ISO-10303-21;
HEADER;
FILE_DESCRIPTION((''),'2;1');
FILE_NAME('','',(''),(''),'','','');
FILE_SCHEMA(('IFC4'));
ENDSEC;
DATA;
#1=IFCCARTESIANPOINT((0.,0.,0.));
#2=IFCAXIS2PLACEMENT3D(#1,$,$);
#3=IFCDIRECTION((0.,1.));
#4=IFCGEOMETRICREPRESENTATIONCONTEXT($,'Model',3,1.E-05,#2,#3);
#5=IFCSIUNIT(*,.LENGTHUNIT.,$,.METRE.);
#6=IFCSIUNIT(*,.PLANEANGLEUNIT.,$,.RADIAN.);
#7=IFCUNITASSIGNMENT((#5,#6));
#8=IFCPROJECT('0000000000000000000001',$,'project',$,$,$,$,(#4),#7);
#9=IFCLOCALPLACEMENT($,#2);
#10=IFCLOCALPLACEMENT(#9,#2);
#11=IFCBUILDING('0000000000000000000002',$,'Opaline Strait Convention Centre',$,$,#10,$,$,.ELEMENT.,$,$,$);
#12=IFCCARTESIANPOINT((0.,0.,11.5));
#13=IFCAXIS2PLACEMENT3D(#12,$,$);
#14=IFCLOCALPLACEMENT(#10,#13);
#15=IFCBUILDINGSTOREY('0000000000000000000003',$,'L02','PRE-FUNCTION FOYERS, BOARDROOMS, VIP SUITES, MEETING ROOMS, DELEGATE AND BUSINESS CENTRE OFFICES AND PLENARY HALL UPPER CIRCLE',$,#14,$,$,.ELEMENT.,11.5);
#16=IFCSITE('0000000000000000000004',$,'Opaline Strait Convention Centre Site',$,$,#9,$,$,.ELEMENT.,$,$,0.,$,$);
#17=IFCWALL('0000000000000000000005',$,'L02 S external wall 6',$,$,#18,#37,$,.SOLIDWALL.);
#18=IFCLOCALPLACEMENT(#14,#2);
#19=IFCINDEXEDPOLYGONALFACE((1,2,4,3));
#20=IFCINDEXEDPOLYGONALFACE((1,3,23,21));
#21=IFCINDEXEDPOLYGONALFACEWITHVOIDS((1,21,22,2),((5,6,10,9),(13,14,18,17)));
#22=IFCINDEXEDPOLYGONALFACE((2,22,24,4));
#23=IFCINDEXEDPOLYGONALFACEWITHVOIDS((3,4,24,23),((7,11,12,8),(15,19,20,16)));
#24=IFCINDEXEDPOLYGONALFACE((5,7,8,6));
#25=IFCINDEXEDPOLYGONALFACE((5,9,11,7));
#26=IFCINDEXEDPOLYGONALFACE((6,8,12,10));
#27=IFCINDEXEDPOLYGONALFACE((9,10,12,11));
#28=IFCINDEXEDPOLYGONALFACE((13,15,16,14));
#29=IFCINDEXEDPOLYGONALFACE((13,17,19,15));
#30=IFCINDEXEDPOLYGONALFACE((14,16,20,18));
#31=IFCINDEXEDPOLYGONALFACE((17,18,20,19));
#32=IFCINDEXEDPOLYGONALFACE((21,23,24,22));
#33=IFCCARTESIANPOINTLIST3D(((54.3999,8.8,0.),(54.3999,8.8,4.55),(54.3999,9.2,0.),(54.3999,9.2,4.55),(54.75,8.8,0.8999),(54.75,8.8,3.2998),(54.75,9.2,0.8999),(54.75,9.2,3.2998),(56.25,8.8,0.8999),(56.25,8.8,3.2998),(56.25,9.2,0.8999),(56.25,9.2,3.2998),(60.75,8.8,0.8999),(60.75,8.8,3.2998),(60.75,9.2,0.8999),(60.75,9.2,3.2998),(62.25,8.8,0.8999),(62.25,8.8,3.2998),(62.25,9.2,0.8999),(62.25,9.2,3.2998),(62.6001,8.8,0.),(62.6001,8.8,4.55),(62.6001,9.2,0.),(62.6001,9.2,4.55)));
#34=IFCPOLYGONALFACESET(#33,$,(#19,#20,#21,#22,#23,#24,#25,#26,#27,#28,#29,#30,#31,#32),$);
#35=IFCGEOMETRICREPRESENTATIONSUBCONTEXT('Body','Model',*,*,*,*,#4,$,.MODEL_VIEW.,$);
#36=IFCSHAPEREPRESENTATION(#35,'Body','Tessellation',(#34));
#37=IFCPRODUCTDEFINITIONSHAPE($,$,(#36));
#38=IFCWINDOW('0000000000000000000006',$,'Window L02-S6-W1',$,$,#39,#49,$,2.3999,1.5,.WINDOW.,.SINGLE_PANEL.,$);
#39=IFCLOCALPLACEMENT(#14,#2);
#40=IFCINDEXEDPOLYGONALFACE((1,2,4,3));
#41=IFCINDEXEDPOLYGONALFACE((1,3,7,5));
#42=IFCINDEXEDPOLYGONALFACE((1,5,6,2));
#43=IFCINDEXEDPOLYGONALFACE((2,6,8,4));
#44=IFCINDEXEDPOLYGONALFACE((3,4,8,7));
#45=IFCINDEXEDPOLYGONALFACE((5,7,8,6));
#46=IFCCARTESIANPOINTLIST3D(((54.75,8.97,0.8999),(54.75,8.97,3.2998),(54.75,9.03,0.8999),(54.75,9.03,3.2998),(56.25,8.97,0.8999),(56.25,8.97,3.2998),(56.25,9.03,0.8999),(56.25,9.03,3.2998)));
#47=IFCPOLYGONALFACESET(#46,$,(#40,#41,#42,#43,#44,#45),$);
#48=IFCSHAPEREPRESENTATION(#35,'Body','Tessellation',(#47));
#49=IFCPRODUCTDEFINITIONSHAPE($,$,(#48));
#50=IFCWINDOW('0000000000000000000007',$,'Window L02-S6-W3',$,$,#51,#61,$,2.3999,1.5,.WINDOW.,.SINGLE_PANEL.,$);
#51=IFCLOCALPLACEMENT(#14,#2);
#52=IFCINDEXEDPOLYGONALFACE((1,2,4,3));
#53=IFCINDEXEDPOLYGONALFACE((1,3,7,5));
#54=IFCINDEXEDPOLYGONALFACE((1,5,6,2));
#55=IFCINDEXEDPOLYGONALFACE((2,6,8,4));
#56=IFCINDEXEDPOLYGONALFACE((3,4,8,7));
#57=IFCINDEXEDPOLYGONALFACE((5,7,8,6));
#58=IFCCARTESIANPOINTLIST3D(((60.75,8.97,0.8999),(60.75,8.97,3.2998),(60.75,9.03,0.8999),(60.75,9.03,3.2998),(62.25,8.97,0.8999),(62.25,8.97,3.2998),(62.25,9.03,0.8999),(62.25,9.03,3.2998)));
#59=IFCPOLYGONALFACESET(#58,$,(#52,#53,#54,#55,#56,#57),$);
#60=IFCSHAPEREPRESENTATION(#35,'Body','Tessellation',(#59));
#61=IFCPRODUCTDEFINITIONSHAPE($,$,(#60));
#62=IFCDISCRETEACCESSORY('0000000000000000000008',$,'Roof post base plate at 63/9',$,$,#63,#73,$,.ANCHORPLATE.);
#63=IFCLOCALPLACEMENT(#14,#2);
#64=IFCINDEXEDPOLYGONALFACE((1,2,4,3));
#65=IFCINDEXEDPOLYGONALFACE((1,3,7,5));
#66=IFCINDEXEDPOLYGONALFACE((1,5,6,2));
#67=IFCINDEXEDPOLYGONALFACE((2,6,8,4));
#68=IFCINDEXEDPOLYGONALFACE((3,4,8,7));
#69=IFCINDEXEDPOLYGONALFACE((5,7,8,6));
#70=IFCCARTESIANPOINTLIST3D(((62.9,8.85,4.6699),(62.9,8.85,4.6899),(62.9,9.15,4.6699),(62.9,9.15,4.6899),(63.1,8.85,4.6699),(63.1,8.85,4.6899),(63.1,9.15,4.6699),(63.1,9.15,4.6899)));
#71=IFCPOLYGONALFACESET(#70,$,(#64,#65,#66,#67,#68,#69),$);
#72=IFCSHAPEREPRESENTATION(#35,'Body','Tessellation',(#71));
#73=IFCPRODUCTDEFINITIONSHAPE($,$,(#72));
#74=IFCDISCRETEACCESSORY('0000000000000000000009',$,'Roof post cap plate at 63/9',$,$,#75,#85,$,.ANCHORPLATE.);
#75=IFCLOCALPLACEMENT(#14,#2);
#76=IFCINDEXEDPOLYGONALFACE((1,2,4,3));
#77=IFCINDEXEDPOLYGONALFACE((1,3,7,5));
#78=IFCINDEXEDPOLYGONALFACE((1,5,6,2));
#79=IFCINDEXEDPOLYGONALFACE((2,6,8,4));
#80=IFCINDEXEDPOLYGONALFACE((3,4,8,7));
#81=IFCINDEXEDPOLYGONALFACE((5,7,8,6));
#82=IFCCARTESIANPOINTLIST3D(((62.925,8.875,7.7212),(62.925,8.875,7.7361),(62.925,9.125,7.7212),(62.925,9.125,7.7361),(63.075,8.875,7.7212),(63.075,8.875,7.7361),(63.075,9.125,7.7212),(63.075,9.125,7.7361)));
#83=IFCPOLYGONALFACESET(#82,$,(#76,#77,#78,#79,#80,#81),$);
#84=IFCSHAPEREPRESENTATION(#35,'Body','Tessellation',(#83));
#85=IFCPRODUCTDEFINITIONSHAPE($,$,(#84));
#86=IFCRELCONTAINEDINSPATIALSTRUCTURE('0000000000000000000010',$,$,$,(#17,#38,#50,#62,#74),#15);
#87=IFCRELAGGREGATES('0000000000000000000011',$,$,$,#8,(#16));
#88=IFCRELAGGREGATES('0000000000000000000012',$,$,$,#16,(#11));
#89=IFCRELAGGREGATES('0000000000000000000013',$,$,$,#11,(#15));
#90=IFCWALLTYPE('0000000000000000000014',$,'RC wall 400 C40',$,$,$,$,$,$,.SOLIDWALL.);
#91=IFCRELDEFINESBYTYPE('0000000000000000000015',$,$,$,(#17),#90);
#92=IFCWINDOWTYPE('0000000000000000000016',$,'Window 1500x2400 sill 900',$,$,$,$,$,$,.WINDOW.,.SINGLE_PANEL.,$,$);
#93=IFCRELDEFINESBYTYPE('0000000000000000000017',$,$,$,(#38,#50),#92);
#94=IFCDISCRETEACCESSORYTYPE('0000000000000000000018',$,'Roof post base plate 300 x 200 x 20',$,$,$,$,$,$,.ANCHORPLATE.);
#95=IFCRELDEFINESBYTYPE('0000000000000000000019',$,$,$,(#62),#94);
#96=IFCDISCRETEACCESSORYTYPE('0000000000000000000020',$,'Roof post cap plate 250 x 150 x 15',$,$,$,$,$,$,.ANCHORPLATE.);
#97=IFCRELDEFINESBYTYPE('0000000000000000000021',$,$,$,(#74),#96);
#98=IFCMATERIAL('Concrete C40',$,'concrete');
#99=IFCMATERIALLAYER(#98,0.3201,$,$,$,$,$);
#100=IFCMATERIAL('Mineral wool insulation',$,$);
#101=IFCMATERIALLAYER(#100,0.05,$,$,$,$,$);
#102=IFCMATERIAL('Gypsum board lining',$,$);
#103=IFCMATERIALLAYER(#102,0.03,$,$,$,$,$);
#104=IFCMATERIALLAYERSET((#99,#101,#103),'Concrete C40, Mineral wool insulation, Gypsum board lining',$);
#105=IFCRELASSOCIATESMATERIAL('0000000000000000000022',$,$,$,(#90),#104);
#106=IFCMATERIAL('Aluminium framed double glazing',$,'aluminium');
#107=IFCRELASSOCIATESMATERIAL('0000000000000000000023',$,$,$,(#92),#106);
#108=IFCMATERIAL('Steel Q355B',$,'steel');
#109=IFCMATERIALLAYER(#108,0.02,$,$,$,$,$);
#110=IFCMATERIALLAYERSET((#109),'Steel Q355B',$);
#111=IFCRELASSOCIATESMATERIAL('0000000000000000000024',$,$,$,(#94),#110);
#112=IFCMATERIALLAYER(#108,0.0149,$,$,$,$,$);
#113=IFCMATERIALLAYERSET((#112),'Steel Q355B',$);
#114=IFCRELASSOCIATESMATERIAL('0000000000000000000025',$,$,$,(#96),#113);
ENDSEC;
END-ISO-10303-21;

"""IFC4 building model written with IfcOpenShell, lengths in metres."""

from ifc_helpers import new_model, si_unit, direction, frame, frame_2d, origin, origin_2d, place, context, subcontext, project, spatial, rectangle, extrude, material, layer, layer_set, type_object, element, fill, save


model = new_model("IFC4")

# Units and contexts
model_context = context("Model", 3, precision=1e-05, world=origin(), true_north=direction((0.0, 1.0)))
body_context = subcontext(model_context, "Body", "Model", "MODEL_VIEW")
ifc_project = project(units=[si_unit("LENGTHUNIT", "METRE"), si_unit("PLANEANGLEUNIT", "RADIAN")], contexts=[model_context])

# Site, building, storey
site_placement = place(None, origin())
site = spatial("IfcSite", under=ifc_project, at=site_placement, Name="Opaline Strait Convention Centre Site", CompositionType="ELEMENT", RefElevation=0.0)
building_placement = place(site_placement, origin())
building = spatial("IfcBuilding", under=site, at=building_placement, Name="Opaline Strait Convention Centre", CompositionType="ELEMENT")
storey_placement = place(building_placement, frame((0.0, 0.0, 11.5)))
storey = spatial("IfcBuildingStorey", under=building, at=storey_placement, Name="L02", Description="PRE-FUNCTION FOYERS, BOARDROOMS, VIP SUITES, MEETING ROOMS, DELEGATE AND BUSINESS CENTRE OFFICES AND PLENARY HALL UPPER CIRCLE", CompositionType="ELEMENT", Elevation=11.5)

# Shared definitions
ifc_material_1 = material(Name="Concrete C40", Category="concrete")

# Shared definitions
ifc_material_2 = material(Name="Steel Q355B", Category="steel")

# Shared definitions
ifc_layer_1 = layer(ifc_material_1, 0.3201)
ifc_material_3 = material(Name="Mineral wool insulation")
ifc_layer_2 = layer(ifc_material_3, 0.05)
ifc_material_4 = material(Name="Gypsum board lining")
ifc_layer_3 = layer(ifc_material_4, 0.03)
ifc_layer_set_1 = layer_set([ifc_layer_1, ifc_layer_2, ifc_layer_3], Name="Concrete C40, Mineral wool insulation, Gypsum board lining")
wall_type_1 = type_object("IfcWallType", Name="RC wall 400 C40", PredefinedType="SOLIDWALL", material=ifc_layer_set_1)

# Wall, openings, windows
wall_1_placement = place(storey_placement, frame((54.3999, 9.0, 0.0), z_axis=(0.0, 0.0, 1.0), x_axis=(1.0, 0.0, 0.0)))
wall_1 = element("IfcWall", 1, at=wall_1_placement, inside=storey, type_object=wall_type_1, Name="L02 S external wall 6", PredefinedType="SOLIDWALL", context=body_context, shape_type="SweptSolid", body=[
    extrude(rectangle(XDim=8.2002, YDim=0.3999, at=frame_2d((4.1001, 0.0))), origin(), (0.0, 0.0, 1.0), 4.55),
])
opening_1_placement = place(wall_1_placement, frame((0.3501, 0.0, 0.8999)))
opening_1 = element("IfcOpeningElement", 2, at=opening_1_placement, cuts=wall_1, PredefinedType="OPENING", context=body_context, shape_type="SweptSolid", body=[
    extrude(rectangle(XDim=1.5, YDim=2.3999, at=frame_2d((0.75, 1.2))), frame((0.0, 0.21, 0.0), z_axis=(0.0, -1.0, 0.0), x_axis=(1.0, 0.0, 0.0)), (0.0, 0.0, 1.0), 0.4199),
])
opening_2_placement = place(wall_1_placement, frame((6.3501, 0.0, 0.8999)))
opening_2 = element("IfcOpeningElement", 3, at=opening_2_placement, cuts=wall_1, PredefinedType="OPENING", context=body_context, shape_type="SweptSolid", body=[
    extrude(rectangle(XDim=1.5, YDim=2.3999, at=frame_2d((0.75, 1.2))), frame((0.0, 0.21, 0.0), z_axis=(0.0, -1.0, 0.0), x_axis=(1.0, 0.0, 0.0)), (0.0, 0.0, 1.0), 0.4199),
])
ifc_material_5 = material(Name="Aluminium framed double glazing", Category="aluminium")
window_type = type_object("IfcWindowType", Name="Window 1500x2400 sill 900", PartitioningType="SINGLE_PANEL", PredefinedType="WINDOW", material=ifc_material_5)
window_1_placement = place(opening_1_placement, origin())
window_1 = element("IfcWindow", 4, at=window_1_placement, inside=storey, type_object=window_type, Name="Window L02-S6-W1", OverallHeight=2.3999, OverallWidth=1.5, PartitioningType="SINGLE_PANEL", PredefinedType="WINDOW", context=body_context, shape_type="SweptSolid", body=[
    extrude(rectangle(XDim=1.5, YDim=2.3999, at=frame_2d((0.75, 1.2))), frame((0.0, 0.03, 0.0), z_axis=(0.0, -1.0, 0.0), x_axis=(1.0, 0.0, 0.0)), (0.0, 0.0, 1.0), 0.0601),
])
fill(opening_1, window_1)
window_2_placement = place(opening_2_placement, origin())
window_2 = element("IfcWindow", 5, at=window_2_placement, inside=storey, type_object=window_type, Name="Window L02-S6-W3", OverallHeight=2.3999, OverallWidth=1.5, PartitioningType="SINGLE_PANEL", PredefinedType="WINDOW", context=body_context, shape_type="SweptSolid", body=[
    extrude(rectangle(XDim=1.5, YDim=2.3999, at=frame_2d((0.75, 1.2))), frame((0.0, 0.03, 0.0), z_axis=(0.0, -1.0, 0.0), x_axis=(1.0, 0.0, 0.0)), (0.0, 0.0, 1.0), 0.0601),
])
fill(opening_2, window_2)

# Discrete accessories
ifc_layer_4 = layer(ifc_material_2, 0.02)
ifc_layer_set_2 = layer_set([ifc_layer_4], Name="Steel Q355B")
discrete_accessory_type_1 = type_object("IfcDiscreteAccessoryType", Name="Roof post base plate 300 x 200 x 20", PredefinedType="ANCHORPLATE", material=ifc_layer_set_2)
discrete_accessory_1_placement = place(storey_placement, frame((63.0, 9.0, 4.6699), z_axis=(0.0, 0.0, 1.0), x_axis=(1.0, 0.0, 0.0)))
element("IfcDiscreteAccessory", 6, at=discrete_accessory_1_placement, inside=storey, type_object=discrete_accessory_type_1, Name="Roof post base plate at 63/9", PredefinedType="ANCHORPLATE", context=body_context, shape_type="SweptSolid", body=[
    extrude(rectangle(XDim=0.2, YDim=0.3, at=origin_2d()), origin(), (0.0, 0.0, 1.0), 0.02),
])
ifc_layer_5 = layer(ifc_material_2, 0.0149)
ifc_layer_set_3 = layer_set([ifc_layer_5], Name="Steel Q355B")
discrete_accessory_type_2 = type_object("IfcDiscreteAccessoryType", Name="Roof post cap plate 250 x 150 x 15", PredefinedType="ANCHORPLATE", material=ifc_layer_set_3)
discrete_accessory_2_placement = place(storey_placement, frame((63.0, 9.0, 7.7212), z_axis=(0.0, 0.0, 1.0), x_axis=(1.0, 0.0, 0.0)))
element("IfcDiscreteAccessory", 7, at=discrete_accessory_2_placement, inside=storey, type_object=discrete_accessory_type_2, Name="Roof post cap plate at 63/9", PredefinedType="ANCHORPLATE", context=body_context, shape_type="SweptSolid", body=[
    extrude(rectangle(XDim=0.1499, YDim=0.25, at=origin_2d()), origin(), (0.0, 0.0, 1.0), 0.0149),
])

save(model, "model.ifc")
